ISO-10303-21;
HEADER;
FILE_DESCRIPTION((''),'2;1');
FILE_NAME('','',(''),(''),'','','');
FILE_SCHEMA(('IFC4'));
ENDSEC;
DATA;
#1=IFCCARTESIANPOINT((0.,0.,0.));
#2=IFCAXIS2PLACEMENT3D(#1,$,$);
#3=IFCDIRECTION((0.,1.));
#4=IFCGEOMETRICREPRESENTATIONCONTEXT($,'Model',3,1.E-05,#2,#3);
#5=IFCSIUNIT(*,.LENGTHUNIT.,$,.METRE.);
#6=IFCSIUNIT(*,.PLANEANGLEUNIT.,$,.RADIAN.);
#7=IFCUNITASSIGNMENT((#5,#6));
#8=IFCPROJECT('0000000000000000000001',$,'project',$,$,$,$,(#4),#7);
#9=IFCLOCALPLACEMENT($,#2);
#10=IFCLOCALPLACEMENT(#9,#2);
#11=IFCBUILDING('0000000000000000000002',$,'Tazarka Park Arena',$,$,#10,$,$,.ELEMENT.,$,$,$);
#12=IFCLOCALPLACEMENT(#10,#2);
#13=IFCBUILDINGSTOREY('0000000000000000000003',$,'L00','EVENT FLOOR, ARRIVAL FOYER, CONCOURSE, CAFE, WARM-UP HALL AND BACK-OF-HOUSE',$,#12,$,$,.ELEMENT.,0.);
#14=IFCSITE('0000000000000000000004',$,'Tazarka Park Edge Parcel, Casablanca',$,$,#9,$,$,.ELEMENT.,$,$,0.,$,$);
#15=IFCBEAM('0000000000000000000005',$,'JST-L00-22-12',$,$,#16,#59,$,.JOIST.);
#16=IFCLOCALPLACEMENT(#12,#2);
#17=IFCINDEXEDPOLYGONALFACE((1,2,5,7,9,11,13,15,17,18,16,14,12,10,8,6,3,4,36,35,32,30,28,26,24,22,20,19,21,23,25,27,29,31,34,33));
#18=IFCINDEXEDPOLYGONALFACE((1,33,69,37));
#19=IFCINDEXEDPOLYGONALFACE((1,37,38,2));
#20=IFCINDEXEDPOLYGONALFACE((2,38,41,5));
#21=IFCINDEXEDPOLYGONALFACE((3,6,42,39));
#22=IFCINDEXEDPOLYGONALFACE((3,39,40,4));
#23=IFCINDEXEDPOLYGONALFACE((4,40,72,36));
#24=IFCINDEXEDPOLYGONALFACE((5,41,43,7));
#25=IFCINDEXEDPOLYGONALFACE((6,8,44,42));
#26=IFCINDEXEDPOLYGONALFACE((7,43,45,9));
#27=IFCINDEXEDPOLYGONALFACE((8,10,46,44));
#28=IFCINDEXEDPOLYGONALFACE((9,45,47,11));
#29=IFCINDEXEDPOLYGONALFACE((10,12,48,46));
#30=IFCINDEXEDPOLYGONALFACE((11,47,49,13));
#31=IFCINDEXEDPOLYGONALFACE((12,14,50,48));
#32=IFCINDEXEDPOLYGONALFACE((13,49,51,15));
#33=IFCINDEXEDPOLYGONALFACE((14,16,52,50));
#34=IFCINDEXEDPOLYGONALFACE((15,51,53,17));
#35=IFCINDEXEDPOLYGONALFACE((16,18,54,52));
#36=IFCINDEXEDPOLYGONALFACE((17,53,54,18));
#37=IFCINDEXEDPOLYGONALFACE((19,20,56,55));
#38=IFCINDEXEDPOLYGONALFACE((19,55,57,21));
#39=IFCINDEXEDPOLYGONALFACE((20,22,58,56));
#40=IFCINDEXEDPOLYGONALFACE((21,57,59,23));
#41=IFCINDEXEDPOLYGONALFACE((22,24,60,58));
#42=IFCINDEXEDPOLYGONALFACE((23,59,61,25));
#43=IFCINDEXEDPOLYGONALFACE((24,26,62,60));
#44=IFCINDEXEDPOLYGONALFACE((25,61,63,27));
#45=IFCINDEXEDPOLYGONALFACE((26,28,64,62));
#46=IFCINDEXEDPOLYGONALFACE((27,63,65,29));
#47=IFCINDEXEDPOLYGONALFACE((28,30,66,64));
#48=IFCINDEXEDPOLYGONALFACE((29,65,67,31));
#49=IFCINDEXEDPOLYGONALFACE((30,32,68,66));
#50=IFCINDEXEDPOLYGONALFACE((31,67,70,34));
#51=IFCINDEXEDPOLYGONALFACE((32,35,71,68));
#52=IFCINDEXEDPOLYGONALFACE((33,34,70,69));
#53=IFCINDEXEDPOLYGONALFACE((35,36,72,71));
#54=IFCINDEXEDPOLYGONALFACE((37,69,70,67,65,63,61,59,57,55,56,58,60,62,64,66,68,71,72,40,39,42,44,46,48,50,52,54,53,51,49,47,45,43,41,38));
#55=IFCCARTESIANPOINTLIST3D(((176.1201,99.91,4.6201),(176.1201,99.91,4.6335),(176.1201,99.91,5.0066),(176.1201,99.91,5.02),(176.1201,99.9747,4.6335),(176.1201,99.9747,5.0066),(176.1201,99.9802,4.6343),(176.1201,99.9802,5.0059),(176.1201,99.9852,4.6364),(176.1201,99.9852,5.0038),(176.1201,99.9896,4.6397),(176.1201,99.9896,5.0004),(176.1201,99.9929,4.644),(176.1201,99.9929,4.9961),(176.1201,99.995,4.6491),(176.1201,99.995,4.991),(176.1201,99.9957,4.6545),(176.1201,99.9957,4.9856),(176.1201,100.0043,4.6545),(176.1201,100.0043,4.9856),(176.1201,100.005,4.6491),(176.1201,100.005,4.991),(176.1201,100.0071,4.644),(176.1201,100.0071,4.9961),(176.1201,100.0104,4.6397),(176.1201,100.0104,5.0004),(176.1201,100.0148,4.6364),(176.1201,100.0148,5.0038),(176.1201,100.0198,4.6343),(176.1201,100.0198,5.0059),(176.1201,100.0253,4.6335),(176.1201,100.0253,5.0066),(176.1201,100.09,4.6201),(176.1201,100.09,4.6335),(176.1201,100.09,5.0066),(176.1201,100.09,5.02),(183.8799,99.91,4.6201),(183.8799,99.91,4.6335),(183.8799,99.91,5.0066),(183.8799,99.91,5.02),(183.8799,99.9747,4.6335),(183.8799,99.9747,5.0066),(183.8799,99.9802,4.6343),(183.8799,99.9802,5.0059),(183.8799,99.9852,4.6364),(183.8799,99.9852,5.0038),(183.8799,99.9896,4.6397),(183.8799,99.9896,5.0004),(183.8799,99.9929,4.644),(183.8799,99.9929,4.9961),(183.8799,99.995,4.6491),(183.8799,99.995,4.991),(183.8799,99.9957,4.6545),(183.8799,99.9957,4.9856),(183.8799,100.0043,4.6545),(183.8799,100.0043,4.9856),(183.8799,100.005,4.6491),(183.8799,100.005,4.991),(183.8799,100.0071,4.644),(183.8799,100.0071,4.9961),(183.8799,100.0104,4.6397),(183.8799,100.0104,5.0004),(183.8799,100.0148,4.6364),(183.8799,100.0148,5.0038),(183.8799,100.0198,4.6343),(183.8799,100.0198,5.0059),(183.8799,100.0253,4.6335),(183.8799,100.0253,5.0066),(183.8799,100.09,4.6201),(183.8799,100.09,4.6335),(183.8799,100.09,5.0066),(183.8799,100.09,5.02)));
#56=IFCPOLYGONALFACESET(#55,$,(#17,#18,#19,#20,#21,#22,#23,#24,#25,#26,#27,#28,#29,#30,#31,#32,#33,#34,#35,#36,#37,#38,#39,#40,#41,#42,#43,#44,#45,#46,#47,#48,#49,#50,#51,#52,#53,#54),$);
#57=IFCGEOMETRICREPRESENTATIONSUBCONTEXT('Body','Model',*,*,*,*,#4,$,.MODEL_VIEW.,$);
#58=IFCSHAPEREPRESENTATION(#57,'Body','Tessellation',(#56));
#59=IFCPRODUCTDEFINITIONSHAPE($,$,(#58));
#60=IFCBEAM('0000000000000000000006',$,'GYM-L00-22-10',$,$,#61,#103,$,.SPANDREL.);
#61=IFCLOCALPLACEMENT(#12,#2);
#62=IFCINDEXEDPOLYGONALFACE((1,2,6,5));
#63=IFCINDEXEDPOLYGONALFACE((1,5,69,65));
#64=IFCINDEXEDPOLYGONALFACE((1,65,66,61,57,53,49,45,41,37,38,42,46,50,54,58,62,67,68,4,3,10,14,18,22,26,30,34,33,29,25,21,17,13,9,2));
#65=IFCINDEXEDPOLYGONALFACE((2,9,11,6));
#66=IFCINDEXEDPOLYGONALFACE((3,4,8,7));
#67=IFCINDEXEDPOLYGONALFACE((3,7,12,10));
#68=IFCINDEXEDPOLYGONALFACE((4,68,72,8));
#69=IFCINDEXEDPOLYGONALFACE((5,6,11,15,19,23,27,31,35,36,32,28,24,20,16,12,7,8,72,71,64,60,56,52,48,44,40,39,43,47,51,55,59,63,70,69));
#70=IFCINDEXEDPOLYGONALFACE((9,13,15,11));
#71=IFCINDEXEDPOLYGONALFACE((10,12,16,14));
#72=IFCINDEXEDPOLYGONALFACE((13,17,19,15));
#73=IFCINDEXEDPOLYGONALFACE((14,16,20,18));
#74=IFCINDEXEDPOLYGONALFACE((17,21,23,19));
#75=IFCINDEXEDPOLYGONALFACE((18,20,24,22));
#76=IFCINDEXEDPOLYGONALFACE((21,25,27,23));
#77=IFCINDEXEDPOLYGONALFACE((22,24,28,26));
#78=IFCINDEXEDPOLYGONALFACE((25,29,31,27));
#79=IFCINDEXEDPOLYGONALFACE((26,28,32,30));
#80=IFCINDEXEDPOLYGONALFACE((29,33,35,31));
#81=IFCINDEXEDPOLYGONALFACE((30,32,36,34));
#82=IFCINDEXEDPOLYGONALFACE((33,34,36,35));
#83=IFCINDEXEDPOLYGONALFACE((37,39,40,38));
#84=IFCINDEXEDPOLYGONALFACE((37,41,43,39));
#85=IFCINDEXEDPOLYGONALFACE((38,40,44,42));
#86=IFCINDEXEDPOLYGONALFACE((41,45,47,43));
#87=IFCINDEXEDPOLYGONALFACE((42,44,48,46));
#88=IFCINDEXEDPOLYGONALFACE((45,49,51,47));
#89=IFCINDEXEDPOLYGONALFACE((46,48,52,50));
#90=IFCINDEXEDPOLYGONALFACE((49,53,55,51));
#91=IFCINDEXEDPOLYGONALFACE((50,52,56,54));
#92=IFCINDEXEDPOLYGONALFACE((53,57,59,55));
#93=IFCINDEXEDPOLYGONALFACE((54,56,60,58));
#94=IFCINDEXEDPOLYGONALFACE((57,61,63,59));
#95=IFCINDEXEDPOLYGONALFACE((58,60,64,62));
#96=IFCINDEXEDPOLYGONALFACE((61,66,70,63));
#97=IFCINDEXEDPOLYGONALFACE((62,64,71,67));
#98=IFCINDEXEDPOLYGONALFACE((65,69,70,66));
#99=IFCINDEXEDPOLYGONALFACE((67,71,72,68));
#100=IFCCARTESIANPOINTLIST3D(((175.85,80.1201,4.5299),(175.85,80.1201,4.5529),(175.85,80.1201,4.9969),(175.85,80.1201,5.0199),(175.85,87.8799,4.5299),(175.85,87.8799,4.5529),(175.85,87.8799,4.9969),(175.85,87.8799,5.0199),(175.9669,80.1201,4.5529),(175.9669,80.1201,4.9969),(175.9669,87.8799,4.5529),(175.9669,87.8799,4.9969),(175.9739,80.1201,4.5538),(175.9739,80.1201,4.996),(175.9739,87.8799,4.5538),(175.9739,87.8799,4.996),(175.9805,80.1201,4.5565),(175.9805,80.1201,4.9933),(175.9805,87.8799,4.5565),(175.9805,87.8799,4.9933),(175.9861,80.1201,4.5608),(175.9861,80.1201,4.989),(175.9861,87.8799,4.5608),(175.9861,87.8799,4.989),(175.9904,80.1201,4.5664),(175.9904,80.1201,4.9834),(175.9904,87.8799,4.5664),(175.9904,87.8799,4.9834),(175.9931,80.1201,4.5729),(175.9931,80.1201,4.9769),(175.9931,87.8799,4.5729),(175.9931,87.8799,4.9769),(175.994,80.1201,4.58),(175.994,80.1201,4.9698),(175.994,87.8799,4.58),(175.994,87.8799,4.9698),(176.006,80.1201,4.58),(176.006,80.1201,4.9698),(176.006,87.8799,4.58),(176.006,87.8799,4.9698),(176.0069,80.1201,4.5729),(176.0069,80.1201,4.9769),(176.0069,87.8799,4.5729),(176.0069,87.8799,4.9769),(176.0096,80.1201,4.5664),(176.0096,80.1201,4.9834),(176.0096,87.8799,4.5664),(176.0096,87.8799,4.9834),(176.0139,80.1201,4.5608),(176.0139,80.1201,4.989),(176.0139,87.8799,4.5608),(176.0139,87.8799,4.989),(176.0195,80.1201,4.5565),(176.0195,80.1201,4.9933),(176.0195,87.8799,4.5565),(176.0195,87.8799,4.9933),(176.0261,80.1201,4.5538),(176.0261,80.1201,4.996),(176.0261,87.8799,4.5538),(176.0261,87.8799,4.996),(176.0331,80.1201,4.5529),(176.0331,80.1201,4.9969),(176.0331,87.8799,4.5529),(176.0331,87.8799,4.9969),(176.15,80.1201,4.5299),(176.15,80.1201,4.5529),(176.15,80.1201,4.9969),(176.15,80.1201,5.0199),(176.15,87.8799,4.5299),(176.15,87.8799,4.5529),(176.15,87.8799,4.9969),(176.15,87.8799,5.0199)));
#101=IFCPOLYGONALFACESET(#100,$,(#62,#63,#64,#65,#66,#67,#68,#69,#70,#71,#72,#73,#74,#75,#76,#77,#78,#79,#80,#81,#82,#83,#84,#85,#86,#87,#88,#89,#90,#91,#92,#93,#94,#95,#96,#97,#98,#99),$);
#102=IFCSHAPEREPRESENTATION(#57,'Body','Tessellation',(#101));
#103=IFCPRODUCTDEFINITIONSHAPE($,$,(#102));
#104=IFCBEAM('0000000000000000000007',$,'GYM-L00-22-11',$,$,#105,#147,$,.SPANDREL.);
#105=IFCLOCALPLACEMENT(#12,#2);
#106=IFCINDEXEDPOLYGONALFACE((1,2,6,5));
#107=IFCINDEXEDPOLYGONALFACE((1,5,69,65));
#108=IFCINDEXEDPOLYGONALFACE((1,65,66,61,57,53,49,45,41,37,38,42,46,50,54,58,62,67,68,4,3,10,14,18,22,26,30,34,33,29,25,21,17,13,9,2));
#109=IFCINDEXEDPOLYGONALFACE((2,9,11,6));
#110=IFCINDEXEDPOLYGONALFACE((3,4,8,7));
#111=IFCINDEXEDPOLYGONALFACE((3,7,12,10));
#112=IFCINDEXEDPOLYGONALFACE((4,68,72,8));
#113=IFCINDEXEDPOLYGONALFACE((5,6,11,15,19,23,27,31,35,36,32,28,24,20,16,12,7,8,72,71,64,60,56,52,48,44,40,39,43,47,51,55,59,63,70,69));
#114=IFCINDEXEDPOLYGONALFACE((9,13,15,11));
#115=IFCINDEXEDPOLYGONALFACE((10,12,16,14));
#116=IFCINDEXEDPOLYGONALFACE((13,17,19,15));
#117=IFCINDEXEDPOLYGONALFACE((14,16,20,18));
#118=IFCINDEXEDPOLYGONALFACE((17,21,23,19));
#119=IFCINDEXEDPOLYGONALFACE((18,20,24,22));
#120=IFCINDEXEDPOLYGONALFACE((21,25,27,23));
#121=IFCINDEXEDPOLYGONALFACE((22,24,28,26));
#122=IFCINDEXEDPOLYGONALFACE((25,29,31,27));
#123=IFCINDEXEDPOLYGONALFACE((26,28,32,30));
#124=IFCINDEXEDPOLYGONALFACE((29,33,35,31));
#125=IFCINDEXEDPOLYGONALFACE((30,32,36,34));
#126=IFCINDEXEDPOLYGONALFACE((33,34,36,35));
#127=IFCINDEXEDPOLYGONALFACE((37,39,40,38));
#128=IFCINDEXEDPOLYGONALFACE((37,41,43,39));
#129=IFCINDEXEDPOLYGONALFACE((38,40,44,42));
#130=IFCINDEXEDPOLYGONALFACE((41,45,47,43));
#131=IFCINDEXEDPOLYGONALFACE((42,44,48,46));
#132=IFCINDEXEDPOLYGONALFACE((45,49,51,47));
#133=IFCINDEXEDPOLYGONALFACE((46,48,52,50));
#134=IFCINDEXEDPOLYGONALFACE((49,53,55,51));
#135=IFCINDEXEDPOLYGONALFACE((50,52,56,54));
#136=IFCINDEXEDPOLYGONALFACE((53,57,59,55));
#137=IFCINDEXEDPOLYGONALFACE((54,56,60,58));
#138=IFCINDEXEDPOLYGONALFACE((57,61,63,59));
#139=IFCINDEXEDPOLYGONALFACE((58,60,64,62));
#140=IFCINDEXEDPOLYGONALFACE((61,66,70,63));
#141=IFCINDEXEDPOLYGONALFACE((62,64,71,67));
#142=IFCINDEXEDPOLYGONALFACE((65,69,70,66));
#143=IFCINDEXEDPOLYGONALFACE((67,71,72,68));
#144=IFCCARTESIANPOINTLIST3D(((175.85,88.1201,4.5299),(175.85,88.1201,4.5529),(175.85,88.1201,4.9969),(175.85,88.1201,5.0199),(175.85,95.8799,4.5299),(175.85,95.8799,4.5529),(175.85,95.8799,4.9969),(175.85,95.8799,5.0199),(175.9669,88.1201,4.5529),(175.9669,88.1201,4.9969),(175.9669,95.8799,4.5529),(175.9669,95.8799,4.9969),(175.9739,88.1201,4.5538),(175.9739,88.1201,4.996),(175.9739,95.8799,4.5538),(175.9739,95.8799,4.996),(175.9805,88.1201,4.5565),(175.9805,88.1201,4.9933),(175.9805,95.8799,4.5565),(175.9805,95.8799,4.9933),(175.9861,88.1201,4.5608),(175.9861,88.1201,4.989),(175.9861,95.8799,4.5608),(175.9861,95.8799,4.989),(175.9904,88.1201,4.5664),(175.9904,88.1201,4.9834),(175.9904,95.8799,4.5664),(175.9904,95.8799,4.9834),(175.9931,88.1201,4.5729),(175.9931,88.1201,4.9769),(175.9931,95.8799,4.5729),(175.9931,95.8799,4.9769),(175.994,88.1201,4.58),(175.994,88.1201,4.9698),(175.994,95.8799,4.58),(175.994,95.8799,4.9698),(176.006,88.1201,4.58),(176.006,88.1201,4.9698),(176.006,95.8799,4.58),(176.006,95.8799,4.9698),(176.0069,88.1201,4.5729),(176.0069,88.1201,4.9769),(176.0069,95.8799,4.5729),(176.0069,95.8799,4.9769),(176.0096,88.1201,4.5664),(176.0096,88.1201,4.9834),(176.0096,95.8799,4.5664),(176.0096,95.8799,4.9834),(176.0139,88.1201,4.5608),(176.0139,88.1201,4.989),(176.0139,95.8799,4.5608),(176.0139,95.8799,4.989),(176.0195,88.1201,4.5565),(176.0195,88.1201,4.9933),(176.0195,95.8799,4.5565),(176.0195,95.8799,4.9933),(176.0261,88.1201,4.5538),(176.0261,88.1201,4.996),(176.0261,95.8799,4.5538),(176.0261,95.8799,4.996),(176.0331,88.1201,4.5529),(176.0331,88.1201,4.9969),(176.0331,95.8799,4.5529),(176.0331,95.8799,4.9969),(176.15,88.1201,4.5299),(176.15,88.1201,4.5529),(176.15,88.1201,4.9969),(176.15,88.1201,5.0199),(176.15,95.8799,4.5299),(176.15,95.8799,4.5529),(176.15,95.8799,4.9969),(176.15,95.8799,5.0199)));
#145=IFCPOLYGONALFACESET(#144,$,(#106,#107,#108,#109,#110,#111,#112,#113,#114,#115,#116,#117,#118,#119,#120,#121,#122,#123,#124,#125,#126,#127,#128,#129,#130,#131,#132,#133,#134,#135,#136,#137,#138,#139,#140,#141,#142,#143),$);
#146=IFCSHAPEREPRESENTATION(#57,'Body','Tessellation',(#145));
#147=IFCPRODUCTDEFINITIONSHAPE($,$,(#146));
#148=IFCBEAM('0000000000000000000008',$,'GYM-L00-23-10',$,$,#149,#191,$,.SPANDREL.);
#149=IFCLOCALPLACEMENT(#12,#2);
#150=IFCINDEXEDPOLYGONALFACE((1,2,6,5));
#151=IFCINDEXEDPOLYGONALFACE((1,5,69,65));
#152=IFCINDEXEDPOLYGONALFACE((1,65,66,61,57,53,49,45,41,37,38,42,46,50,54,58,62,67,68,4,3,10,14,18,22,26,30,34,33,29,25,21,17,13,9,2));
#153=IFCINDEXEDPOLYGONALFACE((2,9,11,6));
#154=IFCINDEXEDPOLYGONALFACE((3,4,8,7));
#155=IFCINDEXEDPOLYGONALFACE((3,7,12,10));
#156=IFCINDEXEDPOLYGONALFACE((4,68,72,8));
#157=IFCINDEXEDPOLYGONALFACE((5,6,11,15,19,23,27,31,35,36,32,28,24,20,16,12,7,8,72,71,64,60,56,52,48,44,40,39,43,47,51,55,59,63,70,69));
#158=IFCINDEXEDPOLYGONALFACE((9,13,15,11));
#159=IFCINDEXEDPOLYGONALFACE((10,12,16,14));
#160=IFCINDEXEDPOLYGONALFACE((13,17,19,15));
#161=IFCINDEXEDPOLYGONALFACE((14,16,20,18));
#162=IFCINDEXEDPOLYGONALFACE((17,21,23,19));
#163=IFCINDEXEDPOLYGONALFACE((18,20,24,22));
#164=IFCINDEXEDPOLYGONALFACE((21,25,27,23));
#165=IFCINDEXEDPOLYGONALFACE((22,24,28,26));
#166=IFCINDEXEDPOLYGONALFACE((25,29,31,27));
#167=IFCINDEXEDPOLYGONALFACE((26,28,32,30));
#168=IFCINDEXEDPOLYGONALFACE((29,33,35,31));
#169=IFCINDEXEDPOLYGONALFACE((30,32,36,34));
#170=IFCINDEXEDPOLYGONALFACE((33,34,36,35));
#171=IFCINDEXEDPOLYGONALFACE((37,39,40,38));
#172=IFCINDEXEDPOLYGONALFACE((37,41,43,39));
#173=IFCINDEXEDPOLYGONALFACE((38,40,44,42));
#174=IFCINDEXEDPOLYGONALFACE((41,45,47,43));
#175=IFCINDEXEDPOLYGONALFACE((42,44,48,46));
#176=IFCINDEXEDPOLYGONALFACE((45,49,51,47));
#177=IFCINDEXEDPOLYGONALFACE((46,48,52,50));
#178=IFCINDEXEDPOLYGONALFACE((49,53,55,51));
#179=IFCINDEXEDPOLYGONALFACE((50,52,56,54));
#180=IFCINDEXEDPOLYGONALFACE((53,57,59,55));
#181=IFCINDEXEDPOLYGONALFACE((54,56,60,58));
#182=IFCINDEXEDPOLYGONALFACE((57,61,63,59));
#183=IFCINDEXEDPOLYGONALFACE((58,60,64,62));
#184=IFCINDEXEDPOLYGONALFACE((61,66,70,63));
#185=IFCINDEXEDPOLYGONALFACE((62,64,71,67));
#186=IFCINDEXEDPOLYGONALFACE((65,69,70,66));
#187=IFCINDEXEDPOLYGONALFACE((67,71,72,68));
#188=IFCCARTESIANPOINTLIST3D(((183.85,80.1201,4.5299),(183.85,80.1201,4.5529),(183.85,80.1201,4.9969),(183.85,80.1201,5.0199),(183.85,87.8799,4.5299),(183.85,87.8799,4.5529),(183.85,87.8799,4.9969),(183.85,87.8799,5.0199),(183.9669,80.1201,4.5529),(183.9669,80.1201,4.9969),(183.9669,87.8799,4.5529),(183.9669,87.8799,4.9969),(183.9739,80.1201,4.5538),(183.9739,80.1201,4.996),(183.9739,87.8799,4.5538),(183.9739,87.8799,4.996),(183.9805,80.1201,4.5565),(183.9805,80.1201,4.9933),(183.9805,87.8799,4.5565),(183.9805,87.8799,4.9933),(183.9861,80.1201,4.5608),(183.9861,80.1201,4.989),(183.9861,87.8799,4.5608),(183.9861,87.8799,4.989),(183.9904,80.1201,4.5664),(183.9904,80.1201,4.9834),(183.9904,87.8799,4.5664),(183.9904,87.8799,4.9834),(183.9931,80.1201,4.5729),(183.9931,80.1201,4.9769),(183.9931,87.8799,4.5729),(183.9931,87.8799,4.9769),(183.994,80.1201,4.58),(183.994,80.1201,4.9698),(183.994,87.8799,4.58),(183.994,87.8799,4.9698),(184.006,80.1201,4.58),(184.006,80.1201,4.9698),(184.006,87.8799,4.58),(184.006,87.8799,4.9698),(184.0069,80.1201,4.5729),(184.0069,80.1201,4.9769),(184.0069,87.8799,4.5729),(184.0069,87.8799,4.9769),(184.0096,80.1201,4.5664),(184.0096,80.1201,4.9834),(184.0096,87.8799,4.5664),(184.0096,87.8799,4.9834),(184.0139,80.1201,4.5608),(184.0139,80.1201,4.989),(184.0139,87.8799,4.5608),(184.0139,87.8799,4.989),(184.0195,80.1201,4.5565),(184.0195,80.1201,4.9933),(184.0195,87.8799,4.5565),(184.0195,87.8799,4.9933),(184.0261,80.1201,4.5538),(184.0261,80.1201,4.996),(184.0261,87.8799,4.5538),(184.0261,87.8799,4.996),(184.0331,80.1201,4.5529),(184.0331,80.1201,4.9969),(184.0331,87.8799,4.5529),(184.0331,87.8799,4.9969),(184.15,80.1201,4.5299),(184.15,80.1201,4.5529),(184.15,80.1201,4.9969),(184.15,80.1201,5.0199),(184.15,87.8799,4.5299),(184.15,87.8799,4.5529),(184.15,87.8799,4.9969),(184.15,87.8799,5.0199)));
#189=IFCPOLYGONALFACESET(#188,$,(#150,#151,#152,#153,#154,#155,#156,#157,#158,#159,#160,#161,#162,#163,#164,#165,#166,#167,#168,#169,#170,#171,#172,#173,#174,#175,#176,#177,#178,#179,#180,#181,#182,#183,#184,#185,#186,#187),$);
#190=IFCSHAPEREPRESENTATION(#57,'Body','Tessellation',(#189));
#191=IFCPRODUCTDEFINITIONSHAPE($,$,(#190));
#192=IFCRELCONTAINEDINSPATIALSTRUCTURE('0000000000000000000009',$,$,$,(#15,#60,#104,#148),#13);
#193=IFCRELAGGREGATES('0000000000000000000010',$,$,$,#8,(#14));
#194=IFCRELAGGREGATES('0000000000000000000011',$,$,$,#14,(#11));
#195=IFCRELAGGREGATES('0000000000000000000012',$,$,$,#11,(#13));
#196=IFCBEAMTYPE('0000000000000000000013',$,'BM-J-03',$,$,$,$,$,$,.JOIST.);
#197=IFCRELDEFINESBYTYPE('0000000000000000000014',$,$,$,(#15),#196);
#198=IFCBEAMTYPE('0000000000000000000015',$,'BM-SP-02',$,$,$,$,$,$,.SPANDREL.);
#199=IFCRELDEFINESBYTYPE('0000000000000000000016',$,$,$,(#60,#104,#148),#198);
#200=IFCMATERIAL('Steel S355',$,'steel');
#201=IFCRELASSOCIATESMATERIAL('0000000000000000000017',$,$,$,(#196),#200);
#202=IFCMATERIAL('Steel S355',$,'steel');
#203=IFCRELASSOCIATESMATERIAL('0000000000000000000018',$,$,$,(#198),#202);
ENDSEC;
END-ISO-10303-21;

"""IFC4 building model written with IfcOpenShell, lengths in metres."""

from ifc_helpers import new_model, si_unit, direction, frame, origin, origin_2d, place, context, subcontext, project, spatial, i_section, extrude, material, material_profile, profile_set, type_object, element, save


model = new_model("IFC4")

# Units and contexts
model_context = context("Model", 3, precision=1e-05, world=origin(), true_north=direction((0.0, 1.0)))
body_context = subcontext(model_context, "Body", "Model", "MODEL_VIEW")
ifc_project = project(units=[si_unit("LENGTHUNIT", "METRE"), si_unit("PLANEANGLEUNIT", "RADIAN")], contexts=[model_context])

# Site, building, storey
site_placement = place(None, origin())
site = spatial("IfcSite", under=ifc_project, at=site_placement, Name="Tazarka Park Edge Parcel, Casablanca", CompositionType="ELEMENT", RefElevation=0.0)
building_placement = place(site_placement, origin())
building = spatial("IfcBuilding", under=site, at=building_placement, Name="Tazarka Park Arena", CompositionType="ELEMENT")
storey_placement = place(building_placement, origin())
storey = spatial("IfcBuildingStorey", under=building, at=storey_placement, Name="L00", Description="EVENT FLOOR, ARRIVAL FOYER, CONCOURSE, CAFE, WARM-UP HALL AND BACK-OF-HOUSE", CompositionType="ELEMENT", Elevation=0.0)

# Beams
ifc_material_1 = material(Name="Steel S355", Category="steel")
ifc_material_profile_1 = material_profile(ifc_material_1, i_section(OverallWidth=0.1799, OverallDepth=0.3999, WebThickness=0.0085, FlangeThickness=0.0134, FilletRadius=0.021, at=origin_2d()), Name="Steel S355")
ifc_profile_set_1 = profile_set([ifc_material_profile_1], Name="Steel S355")
beam_type_1 = type_object("IfcBeamType", Name="BM-J-03", PredefinedType="JOIST", material=ifc_profile_set_1)
beam_1_placement = place(storey_placement, frame((176.1201, 100.0, 4.8201), z_axis=(1.0, 0.0, 0.0), x_axis=(0.0, 1.0, 0.0)))
element("IfcBeam", 1, at=beam_1_placement, inside=storey, type_object=beam_type_1, Name="JST-L00-22-12", PredefinedType="JOIST", context=body_context, shape_type="SweptSolid", body=[
    extrude(i_section(OverallWidth=0.1799, OverallDepth=0.3999, WebThickness=0.0085, FlangeThickness=0.0134, FilletRadius=0.021, at=origin_2d()), origin(), (0.0, 0.0, 1.0), 7.7598),
])
ifc_material_2 = material(Name="Steel S355", Category="steel")
ifc_material_profile_2 = material_profile(ifc_material_2, i_section(OverallWidth=0.3, OverallDepth=0.49, WebThickness=0.012, FlangeThickness=0.0229, FilletRadius=0.0271, at=origin_2d()), Name="Steel S355")
ifc_profile_set_2 = profile_set([ifc_material_profile_2], Name="Steel S355")
beam_type_2 = type_object("IfcBeamType", Name="BM-SP-02", PredefinedType="SPANDREL", material=ifc_profile_set_2)
for number, where, z_axis, x_axis, name in (
    (2, (176.0, 80.1201, 4.7749), (0.0, 1.0, 0.0), (-1.0, 0.0, 0.0), "GYM-L00-22-10"),
    (3, (176.0, 88.1201, 4.7749), (0.0, 1.0, 0.0), (-1.0, 0.0, 0.0), "GYM-L00-22-11"),
    (4, (184.0, 80.1201, 4.7749), (0.0, 1.0, 0.0), (-1.0, 0.0, 0.0), "GYM-L00-23-10"),
):
    element("IfcBeam", number, at=place(storey_placement, frame(where, z_axis=z_axis, x_axis=x_axis)), inside=storey, type_object=beam_type_2, Name=name, PredefinedType="SPANDREL", context=body_context, shape_type="SweptSolid", body=[
        extrude(i_section(OverallWidth=0.3, OverallDepth=0.49, WebThickness=0.012, FlangeThickness=0.0229, FilletRadius=0.0271, at=origin_2d()), origin(), (0.0, 0.0, 1.0), 7.7598),
    ])

save(model, "model.ifc")
